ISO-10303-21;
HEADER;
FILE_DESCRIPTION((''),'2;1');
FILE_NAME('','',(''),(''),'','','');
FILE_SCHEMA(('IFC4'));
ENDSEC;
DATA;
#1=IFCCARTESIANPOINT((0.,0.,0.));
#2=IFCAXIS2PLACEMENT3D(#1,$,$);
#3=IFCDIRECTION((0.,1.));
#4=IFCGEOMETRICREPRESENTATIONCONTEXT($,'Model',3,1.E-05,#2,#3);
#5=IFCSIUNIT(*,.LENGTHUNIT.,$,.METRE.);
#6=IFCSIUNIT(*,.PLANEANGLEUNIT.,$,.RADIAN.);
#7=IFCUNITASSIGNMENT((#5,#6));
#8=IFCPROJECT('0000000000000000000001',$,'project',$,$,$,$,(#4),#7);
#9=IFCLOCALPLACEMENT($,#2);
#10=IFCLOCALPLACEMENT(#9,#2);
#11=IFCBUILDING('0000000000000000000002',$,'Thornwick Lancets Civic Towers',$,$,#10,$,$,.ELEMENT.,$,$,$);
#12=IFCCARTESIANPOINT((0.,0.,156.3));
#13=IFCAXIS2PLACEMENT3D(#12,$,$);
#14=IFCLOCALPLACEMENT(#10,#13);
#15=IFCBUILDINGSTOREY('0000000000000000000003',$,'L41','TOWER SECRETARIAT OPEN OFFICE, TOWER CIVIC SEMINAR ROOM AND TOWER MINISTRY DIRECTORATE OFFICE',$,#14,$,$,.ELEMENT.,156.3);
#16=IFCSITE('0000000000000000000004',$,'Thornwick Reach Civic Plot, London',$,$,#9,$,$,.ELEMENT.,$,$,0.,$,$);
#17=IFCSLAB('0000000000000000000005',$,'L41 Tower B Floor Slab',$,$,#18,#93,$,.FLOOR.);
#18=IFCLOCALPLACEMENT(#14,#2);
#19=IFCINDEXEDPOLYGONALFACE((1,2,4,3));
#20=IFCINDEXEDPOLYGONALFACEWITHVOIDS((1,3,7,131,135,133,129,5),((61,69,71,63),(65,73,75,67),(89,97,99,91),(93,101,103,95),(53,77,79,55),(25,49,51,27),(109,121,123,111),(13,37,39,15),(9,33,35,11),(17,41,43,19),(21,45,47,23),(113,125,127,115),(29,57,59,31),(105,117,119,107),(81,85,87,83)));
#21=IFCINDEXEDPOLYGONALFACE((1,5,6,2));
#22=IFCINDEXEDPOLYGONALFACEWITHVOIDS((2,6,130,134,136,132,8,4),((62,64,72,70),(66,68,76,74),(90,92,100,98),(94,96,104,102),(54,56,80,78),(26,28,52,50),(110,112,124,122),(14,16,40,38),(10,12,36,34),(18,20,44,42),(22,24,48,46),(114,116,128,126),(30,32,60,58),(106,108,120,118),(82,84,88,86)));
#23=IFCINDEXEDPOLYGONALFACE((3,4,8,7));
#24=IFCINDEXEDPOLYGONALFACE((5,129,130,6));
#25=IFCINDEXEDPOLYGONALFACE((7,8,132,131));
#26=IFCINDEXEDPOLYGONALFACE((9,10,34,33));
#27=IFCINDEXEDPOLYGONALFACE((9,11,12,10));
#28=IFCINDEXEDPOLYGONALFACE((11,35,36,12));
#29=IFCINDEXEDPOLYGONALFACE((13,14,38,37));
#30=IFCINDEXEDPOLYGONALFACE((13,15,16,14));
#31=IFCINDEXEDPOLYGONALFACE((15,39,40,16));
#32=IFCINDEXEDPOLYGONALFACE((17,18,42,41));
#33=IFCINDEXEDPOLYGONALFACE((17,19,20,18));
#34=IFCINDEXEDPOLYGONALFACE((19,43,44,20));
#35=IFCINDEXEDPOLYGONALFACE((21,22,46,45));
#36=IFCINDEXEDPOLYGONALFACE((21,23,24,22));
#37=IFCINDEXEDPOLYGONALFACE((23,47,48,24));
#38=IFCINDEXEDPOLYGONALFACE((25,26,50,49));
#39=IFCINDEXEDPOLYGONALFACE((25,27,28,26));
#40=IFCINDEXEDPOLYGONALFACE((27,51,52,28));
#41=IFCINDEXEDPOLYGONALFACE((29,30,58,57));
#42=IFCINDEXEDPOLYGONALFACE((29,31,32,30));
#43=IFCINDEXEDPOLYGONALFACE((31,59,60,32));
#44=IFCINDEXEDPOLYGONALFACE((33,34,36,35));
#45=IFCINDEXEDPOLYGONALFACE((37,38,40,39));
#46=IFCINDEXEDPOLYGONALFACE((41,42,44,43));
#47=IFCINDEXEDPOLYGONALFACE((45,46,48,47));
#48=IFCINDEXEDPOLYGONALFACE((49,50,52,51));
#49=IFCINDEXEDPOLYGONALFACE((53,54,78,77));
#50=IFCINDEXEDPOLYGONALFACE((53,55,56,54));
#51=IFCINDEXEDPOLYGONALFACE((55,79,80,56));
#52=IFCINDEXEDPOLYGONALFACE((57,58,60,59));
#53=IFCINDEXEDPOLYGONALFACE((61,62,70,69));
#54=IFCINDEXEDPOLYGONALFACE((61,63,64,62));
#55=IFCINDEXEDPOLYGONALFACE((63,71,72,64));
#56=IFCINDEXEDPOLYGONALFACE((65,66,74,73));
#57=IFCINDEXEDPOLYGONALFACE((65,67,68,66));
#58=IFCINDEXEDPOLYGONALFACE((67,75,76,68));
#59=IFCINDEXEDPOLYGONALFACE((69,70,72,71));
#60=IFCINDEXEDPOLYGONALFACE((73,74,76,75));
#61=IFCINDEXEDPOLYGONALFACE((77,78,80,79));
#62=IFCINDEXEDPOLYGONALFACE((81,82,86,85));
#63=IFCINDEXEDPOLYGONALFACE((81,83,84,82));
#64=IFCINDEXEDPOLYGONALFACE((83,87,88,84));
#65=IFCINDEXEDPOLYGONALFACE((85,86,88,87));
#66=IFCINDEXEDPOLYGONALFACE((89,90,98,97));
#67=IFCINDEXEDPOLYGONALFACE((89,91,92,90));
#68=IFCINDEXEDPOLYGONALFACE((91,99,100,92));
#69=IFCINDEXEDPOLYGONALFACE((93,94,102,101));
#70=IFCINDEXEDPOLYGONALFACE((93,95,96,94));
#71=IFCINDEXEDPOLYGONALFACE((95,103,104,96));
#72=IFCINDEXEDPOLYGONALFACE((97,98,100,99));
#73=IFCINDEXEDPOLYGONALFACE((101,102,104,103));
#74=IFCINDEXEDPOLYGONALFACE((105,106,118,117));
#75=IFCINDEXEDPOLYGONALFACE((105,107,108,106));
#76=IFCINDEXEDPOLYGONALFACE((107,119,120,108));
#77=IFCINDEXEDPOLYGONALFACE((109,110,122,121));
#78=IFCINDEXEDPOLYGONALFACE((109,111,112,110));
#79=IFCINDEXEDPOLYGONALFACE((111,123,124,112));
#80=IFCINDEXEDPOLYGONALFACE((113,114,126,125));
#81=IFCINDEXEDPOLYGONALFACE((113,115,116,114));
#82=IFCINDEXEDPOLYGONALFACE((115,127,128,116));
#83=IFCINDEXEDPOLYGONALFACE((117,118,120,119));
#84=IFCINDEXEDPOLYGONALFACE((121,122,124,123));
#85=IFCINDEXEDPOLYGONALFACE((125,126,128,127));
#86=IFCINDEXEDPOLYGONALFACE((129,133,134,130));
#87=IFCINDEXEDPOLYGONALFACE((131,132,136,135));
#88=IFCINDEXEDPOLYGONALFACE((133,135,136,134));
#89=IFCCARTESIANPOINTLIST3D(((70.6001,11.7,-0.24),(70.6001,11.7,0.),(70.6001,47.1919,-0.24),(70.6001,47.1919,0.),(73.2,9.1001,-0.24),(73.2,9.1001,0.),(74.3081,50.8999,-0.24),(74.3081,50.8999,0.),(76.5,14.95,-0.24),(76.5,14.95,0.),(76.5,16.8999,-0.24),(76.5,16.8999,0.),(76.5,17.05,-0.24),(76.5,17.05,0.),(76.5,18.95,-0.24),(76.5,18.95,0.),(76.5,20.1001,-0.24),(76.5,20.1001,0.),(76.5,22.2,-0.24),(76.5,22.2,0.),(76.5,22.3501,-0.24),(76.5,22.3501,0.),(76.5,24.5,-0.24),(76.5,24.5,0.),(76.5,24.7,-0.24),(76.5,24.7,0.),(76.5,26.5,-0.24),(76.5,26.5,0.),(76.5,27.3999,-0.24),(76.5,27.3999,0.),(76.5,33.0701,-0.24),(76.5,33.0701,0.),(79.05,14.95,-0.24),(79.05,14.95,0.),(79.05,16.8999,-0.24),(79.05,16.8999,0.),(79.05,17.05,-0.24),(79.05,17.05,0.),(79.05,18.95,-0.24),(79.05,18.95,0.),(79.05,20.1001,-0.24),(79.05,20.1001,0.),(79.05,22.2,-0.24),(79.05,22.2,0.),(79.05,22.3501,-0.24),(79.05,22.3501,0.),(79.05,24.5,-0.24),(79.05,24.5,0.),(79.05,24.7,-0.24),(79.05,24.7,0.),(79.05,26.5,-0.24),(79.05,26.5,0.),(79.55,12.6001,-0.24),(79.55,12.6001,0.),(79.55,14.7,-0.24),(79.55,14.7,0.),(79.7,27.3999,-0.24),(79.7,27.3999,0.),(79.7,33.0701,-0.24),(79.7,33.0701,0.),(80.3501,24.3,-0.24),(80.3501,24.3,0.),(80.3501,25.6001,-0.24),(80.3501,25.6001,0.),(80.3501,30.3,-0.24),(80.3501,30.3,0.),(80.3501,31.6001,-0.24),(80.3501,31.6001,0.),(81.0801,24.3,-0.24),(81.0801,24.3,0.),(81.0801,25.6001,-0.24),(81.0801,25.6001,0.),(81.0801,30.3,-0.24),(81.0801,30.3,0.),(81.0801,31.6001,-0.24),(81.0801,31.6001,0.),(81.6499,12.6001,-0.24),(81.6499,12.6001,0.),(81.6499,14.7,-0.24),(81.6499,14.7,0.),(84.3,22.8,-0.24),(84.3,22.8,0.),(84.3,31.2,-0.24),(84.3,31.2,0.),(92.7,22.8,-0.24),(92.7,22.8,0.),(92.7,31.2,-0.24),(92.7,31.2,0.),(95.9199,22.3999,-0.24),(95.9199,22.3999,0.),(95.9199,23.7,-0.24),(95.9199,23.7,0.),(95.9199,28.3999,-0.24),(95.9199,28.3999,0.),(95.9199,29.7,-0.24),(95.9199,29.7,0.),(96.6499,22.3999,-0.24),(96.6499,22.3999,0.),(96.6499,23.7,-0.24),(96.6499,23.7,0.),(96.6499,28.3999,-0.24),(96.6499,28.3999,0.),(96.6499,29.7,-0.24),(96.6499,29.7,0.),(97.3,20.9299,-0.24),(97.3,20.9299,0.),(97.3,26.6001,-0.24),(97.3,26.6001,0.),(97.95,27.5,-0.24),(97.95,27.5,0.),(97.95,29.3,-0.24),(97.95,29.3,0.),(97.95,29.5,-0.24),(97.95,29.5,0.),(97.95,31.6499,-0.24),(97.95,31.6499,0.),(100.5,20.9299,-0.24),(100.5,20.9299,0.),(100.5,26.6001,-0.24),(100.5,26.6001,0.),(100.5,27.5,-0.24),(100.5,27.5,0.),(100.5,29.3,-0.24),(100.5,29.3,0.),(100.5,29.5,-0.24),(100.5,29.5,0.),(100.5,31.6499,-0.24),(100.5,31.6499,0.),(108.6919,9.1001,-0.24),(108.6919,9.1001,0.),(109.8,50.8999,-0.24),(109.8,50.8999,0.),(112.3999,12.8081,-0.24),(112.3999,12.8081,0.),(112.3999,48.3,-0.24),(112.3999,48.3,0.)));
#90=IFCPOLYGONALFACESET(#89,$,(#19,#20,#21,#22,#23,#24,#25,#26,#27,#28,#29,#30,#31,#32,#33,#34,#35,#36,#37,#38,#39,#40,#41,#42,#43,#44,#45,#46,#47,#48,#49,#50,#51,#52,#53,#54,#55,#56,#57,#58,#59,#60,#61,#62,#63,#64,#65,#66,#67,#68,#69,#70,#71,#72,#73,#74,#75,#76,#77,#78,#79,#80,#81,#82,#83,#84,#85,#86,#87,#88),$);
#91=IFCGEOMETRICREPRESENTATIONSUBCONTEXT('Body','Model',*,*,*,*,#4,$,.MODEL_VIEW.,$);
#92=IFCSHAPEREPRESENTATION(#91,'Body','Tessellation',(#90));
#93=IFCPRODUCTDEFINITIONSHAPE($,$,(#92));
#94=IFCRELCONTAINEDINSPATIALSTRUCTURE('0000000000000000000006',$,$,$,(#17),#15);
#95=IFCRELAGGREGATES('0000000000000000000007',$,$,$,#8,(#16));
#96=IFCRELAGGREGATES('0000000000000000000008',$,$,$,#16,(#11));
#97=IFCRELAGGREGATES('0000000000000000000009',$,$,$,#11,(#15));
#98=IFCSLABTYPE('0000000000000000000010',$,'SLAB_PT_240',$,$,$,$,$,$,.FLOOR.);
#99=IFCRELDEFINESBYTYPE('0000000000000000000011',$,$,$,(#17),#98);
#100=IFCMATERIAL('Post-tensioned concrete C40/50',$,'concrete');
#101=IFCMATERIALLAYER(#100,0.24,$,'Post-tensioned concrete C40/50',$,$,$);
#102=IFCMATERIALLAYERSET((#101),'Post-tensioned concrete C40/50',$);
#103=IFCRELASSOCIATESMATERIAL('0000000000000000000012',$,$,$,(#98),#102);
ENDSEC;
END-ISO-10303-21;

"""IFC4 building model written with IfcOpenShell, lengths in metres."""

from ifc_helpers import new_model, si_unit, direction, frame, origin, place, context, subcontext, project, spatial, polyline, outline, extrude, material, layer, layer_set, type_object, element, save


model = new_model("IFC4")

# Units and contexts
model_context = context("Model", 3, precision=1e-05, world=origin(), true_north=direction((0.0, 1.0)))
body_context = subcontext(model_context, "Body", "Model", "MODEL_VIEW")
ifc_project = project(units=[si_unit("LENGTHUNIT", "METRE"), si_unit("PLANEANGLEUNIT", "RADIAN")], contexts=[model_context])

# Site, building, storey
site_placement = place(None, origin())
site = spatial("IfcSite", under=ifc_project, at=site_placement, Name="Thornwick Reach Civic Plot, London", CompositionType="ELEMENT", RefElevation=0.0)
building_placement = place(site_placement, origin())
building = spatial("IfcBuilding", under=site, at=building_placement, Name="Thornwick Lancets Civic Towers", CompositionType="ELEMENT")
storey_placement = place(building_placement, frame((0.0, 0.0, 156.3)))
storey = spatial("IfcBuildingStorey", under=building, at=storey_placement, Name="L41", Description="TOWER SECRETARIAT OPEN OFFICE, TOWER CIVIC SEMINAR ROOM AND TOWER MINISTRY DIRECTORATE OFFICE", CompositionType="ELEMENT", Elevation=156.3)

# Shared definitions
ifc_material_1 = material(Name="Post-tensioned concrete C40/50", Category="concrete")

# Slab
ifc_layer_1 = layer(ifc_material_1, 0.24, Name="Post-tensioned concrete C40/50")
ifc_layer_set_1 = layer_set([ifc_layer_1], Name="Post-tensioned concrete C40/50")
slab_type_1 = type_object("IfcSlabType", Name="SLAB_PT_240", PredefinedType="FLOOR", material=ifc_layer_set_1)
slab_1_placement = place(storey_placement, frame((0.0, 0.0, -0.24)))
element("IfcSlab", 1, at=slab_1_placement, inside=storey, type_object=slab_type_1, Name="L41 Tower B Floor Slab", PredefinedType="FLOOR", context=body_context, shape_type="SweptSolid", body=[
    extrude(outline(polyline([(73.2, 9.1001), (108.6919, 9.1001), (112.3999, 12.8081), (112.3999, 48.3), (109.8, 50.8999), (74.3081, 50.8999), (70.6001, 47.1919), (70.6001, 11.7), (73.2, 9.1001)]), holes=[polyline([(84.3, 22.8), (92.7, 22.8), (92.7, 31.2), (84.3, 31.2), (84.3, 22.8)]), polyline([(100.5, 20.9299), (100.5, 26.6001), (97.3, 26.6001), (97.3, 20.9299), (100.5, 20.9299)]), polyline([(76.5, 33.0701), (76.5, 27.3999), (79.7, 27.3999), (79.7, 33.0701), (76.5, 33.0701)]), polyline([(97.95, 27.5), (100.5, 27.5), (100.5, 29.3), (97.95, 29.3), (97.95, 27.5)]), polyline([(97.95, 29.5), (100.5, 29.5), (100.5, 31.6499), (97.95, 31.6499), (97.95, 29.5)]), polyline([(76.5, 24.7), (79.05, 24.7), (79.05, 26.5), (76.5, 26.5), (76.5, 24.7)]), polyline([(76.5, 22.3501), (79.05, 22.3501), (79.05, 24.5), (76.5, 24.5), (76.5, 22.3501)]), polyline([(76.5, 20.1001), (79.05, 20.1001), (79.05, 22.2), (76.5, 22.2), (76.5, 20.1001)]), polyline([(76.5, 17.05), (79.05, 17.05), (79.05, 18.95), (76.5, 18.95), (76.5, 17.05)]), polyline([(76.5, 14.95), (79.05, 14.95), (79.05, 16.8999), (76.5, 16.8999), (76.5, 14.95)]), polyline([(79.55, 12.6001), (81.6499, 12.6001), (81.6499, 14.7), (79.55, 14.7), (79.55, 12.6001)]), polyline([(95.9199, 28.3999), (96.6499, 28.3999), (96.6499, 29.7), (95.9199, 29.7), (95.9199, 28.3999)]), polyline([(95.9199, 22.3999), (96.6499, 22.3999), (96.6499, 23.7), (95.9199, 23.7), (95.9199, 22.3999)]), polyline([(80.3501, 24.3), (81.0801, 24.3), (81.0801, 25.6001), (80.3501, 25.6001), (80.3501, 24.3)]), polyline([(80.3501, 30.3), (81.0801, 30.3), (81.0801, 31.6001), (80.3501, 31.6001), (80.3501, 30.3)])]), origin(), (0.0, 0.0, 1.0), 0.24),
])

save(model, "model.ifc")
